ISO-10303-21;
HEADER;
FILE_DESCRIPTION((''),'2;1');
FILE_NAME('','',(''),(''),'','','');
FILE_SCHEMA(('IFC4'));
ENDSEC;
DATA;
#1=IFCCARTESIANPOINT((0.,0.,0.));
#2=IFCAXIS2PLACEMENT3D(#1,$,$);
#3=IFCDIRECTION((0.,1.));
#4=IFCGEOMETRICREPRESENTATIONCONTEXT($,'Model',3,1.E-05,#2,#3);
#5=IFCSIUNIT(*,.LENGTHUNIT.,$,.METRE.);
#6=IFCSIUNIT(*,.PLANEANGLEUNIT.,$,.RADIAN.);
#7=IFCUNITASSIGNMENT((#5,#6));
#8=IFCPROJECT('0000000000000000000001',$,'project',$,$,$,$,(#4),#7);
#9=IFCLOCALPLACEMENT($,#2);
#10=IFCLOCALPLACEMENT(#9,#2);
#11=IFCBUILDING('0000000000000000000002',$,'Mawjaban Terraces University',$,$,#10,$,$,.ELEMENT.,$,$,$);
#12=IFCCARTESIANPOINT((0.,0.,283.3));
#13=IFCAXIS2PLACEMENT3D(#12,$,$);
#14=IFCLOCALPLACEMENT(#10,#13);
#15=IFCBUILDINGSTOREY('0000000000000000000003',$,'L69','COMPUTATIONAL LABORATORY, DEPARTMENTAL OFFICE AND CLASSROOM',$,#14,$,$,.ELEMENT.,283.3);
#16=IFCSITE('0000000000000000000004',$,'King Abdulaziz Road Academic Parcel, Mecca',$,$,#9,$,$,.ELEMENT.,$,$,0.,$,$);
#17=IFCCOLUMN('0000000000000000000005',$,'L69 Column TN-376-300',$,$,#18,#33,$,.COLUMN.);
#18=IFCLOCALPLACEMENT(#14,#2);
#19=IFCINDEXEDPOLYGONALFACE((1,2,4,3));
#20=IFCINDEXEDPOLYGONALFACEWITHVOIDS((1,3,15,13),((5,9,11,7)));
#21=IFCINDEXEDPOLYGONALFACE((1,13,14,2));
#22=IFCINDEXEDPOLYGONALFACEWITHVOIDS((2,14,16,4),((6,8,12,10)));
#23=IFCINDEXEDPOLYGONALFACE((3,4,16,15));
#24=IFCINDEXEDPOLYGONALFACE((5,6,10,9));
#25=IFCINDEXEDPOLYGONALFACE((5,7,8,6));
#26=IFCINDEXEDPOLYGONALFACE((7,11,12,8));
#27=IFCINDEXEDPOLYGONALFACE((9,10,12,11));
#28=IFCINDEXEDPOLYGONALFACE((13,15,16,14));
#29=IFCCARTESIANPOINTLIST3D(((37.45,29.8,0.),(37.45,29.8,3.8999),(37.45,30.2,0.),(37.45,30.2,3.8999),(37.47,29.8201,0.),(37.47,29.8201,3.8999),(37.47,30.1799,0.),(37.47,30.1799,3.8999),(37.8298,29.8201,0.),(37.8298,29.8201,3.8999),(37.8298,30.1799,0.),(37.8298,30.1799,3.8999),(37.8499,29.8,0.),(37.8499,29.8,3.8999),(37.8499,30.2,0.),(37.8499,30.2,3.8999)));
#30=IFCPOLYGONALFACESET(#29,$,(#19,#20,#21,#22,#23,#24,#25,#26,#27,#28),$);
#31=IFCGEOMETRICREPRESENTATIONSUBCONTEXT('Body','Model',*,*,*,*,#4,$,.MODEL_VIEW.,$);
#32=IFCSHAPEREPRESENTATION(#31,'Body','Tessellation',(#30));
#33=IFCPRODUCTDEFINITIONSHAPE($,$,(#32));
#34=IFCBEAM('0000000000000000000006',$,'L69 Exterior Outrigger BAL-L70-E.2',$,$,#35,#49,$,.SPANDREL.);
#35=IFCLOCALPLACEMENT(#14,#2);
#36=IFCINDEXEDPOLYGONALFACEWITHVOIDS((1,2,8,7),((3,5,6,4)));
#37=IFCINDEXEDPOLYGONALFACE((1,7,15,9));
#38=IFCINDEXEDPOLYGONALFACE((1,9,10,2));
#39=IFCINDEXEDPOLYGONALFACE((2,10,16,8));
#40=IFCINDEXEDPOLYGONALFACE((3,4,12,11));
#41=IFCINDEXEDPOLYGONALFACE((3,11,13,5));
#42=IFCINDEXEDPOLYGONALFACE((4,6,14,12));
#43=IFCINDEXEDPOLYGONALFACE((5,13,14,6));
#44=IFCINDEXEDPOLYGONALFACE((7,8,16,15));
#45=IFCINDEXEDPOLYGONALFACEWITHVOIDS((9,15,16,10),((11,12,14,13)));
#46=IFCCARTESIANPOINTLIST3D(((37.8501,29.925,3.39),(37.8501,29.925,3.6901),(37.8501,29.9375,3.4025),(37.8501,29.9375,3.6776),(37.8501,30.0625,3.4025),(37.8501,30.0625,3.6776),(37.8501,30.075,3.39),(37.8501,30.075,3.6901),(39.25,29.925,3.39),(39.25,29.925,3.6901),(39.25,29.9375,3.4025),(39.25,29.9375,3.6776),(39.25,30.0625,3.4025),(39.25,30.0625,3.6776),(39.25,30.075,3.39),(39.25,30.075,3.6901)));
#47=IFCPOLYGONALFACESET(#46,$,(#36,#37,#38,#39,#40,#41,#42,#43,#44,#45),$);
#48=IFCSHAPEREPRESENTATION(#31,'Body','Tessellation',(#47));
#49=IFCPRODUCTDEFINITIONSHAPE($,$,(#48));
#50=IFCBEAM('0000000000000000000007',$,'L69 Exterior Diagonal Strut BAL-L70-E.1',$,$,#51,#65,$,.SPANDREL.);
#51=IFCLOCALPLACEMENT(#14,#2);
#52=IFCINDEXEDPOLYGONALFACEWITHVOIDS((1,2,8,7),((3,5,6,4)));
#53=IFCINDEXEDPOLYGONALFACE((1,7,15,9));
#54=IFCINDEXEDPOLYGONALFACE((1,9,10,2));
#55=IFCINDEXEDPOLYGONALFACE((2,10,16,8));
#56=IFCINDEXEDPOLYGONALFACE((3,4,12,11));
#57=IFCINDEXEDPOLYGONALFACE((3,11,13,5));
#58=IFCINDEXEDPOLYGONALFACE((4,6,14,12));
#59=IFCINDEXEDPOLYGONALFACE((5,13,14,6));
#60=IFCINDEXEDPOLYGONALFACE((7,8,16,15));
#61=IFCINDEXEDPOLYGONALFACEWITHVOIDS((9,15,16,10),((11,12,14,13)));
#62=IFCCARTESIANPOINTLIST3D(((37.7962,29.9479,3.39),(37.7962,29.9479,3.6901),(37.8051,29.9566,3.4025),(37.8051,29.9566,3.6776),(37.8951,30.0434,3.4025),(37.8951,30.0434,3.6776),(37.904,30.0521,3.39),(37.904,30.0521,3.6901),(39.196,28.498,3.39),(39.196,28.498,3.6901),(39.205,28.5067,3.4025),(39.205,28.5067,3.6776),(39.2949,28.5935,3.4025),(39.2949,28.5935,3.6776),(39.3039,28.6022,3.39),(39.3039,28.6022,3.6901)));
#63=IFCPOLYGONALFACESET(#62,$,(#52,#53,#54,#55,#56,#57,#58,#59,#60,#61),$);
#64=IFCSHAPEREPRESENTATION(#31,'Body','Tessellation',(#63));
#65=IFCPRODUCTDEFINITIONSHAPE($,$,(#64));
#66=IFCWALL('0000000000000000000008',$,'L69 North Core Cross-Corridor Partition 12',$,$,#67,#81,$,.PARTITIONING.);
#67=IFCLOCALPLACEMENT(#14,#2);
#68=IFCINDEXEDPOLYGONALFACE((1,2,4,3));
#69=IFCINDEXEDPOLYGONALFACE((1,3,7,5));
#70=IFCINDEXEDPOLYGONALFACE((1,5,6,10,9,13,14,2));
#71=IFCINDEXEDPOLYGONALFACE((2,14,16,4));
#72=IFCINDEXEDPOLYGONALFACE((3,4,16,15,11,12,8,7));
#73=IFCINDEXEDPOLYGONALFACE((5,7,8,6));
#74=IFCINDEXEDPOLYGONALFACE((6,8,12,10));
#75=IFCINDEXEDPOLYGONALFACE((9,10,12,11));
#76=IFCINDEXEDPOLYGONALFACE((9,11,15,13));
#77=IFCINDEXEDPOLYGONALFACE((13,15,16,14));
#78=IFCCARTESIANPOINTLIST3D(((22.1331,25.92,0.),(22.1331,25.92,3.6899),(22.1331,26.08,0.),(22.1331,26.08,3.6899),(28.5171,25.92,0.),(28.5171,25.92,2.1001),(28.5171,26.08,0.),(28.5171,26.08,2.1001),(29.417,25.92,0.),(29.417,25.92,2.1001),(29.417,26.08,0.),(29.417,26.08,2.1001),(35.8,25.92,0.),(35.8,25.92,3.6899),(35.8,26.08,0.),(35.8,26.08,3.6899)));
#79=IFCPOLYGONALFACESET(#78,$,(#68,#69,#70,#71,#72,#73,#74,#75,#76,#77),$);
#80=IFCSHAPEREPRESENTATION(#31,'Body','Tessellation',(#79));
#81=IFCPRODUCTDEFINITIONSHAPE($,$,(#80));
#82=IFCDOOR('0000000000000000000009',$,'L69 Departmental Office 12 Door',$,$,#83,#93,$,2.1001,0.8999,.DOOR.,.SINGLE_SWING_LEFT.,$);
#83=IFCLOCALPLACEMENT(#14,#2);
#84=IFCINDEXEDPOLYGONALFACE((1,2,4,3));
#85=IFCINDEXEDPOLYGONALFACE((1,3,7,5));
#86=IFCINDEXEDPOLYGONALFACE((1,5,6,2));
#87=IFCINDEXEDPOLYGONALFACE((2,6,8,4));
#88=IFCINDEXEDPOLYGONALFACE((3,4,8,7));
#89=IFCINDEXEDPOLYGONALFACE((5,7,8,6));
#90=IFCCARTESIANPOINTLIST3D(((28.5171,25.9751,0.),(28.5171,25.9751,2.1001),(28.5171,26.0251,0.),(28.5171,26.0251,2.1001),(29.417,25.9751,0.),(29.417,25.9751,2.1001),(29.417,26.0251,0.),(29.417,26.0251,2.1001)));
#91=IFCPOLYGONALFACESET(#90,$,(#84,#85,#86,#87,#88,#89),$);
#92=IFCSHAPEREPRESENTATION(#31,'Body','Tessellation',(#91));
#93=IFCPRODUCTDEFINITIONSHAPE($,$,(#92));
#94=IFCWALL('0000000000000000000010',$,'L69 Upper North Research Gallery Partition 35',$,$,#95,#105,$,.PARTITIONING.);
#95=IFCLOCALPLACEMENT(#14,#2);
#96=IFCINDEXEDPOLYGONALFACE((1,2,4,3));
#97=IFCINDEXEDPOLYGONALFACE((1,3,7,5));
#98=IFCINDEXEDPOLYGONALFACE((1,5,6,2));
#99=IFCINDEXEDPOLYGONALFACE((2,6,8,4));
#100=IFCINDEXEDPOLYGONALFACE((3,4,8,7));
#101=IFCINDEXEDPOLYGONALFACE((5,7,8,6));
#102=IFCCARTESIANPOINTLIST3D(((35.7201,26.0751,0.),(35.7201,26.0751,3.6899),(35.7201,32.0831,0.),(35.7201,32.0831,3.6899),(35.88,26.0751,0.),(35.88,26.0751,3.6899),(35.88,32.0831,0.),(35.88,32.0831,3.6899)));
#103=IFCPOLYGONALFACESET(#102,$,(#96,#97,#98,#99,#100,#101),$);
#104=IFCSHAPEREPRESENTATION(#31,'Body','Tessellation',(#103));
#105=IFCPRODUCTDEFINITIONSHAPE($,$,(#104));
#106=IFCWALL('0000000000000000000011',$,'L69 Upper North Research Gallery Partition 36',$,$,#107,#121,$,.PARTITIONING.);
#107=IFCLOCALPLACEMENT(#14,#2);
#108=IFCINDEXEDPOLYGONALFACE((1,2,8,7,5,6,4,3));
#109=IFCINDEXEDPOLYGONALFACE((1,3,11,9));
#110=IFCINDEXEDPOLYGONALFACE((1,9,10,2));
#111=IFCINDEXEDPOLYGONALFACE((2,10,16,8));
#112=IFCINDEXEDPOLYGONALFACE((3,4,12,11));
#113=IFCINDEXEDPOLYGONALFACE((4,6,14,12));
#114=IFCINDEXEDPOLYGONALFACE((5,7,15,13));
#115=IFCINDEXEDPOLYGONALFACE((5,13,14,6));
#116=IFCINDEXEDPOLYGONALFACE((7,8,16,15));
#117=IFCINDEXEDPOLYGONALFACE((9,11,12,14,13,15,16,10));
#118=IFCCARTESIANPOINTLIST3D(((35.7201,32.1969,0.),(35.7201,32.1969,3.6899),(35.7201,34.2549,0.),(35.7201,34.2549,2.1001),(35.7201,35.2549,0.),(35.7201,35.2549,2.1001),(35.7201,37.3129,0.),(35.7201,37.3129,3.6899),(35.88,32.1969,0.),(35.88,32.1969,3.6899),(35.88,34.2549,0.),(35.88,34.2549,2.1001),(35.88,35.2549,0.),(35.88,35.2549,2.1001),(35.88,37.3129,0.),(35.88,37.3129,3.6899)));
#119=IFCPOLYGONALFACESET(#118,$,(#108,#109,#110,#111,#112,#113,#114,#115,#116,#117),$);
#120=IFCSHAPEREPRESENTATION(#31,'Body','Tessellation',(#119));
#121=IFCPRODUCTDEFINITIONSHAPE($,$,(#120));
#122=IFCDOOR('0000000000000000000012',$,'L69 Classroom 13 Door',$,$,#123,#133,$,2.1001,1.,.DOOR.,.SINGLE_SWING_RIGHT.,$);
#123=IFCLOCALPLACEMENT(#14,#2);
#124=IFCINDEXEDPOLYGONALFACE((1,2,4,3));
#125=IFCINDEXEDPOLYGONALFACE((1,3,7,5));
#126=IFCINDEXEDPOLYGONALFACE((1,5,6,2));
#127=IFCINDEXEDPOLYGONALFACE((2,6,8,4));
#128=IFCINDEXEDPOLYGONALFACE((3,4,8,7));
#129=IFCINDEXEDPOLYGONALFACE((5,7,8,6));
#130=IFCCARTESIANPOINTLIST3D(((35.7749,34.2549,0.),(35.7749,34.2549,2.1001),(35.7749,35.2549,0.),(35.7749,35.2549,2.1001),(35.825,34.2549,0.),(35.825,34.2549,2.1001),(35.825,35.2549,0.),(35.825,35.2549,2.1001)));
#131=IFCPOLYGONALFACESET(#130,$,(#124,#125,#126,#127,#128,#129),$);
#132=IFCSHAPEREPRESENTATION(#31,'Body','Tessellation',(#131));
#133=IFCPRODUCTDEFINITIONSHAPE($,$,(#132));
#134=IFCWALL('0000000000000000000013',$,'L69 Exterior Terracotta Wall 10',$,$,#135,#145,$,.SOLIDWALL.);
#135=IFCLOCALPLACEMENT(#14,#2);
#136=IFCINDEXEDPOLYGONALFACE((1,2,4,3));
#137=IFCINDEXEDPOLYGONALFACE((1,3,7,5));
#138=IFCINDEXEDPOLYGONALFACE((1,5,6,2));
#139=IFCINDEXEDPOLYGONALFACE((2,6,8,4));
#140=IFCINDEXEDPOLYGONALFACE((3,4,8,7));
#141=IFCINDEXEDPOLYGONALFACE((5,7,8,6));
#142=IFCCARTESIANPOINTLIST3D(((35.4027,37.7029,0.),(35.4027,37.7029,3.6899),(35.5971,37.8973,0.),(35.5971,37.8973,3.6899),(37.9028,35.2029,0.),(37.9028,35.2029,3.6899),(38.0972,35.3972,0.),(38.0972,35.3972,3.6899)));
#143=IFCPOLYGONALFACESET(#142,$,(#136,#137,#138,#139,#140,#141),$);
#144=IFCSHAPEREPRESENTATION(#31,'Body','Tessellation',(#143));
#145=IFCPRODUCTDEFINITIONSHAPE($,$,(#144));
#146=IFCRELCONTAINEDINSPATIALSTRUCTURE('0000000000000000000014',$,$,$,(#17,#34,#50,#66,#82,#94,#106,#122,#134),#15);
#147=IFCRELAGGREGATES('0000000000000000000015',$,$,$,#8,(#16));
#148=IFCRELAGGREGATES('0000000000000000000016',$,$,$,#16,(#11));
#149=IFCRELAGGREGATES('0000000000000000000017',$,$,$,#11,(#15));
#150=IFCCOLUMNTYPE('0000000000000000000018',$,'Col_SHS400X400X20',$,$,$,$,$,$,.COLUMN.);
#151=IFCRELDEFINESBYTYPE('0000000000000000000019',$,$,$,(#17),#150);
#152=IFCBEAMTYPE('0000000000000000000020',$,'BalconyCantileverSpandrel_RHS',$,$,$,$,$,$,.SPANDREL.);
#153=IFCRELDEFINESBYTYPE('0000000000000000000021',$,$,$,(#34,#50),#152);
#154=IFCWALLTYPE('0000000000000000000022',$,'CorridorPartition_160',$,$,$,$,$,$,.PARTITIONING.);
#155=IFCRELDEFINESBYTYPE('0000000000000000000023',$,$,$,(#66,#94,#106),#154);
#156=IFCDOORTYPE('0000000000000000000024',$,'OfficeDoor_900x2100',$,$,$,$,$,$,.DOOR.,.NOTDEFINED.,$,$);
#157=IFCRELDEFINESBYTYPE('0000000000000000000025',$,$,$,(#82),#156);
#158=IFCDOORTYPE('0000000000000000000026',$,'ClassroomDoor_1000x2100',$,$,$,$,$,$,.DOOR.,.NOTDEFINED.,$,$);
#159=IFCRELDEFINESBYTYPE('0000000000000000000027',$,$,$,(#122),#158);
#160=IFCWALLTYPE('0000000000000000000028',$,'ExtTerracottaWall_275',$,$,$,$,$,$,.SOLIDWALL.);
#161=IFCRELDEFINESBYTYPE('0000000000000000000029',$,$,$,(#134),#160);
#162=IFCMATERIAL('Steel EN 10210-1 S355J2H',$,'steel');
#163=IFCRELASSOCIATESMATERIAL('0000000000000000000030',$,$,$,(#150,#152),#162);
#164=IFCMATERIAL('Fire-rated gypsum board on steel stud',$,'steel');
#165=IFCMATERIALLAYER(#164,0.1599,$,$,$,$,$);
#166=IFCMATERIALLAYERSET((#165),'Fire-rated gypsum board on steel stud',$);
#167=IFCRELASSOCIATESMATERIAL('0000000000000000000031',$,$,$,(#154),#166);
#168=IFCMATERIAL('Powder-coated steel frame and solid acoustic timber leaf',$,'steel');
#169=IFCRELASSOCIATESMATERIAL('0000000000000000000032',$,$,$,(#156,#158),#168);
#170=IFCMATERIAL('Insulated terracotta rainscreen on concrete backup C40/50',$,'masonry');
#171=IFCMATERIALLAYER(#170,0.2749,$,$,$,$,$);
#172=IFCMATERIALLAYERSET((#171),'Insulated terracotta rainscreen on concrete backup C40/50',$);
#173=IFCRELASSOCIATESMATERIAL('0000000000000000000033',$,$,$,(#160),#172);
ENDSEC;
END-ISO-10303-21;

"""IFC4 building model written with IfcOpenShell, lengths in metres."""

from ifc_helpers import new_model, si_unit, direction, frame, frame_2d, origin, origin_2d, place, context, subcontext, project, spatial, rectangle, hollow_rectangle, extrude, material, layer, layer_set, material_profile, profile_set, type_object, element, fill, save


model = new_model("IFC4")

# Units and contexts
model_context = context("Model", 3, precision=1e-05, world=origin(), true_north=direction((0.0, 1.0)))
body_context = subcontext(model_context, "Body", "Model", "MODEL_VIEW")
ifc_project = project(units=[si_unit("LENGTHUNIT", "METRE"), si_unit("PLANEANGLEUNIT", "RADIAN")], contexts=[model_context])

# Site, building, storey
site_placement = place(None, origin())
site = spatial("IfcSite", under=ifc_project, at=site_placement, Name="King Abdulaziz Road Academic Parcel, Mecca", CompositionType="ELEMENT", RefElevation=0.0)
building_placement = place(site_placement, origin())
building = spatial("IfcBuilding", under=site, at=building_placement, Name="Mawjaban Terraces University", CompositionType="ELEMENT")
storey_placement = place(building_placement, frame((0.0, 0.0, 283.3)))
storey = spatial("IfcBuildingStorey", under=building, at=storey_placement, Name="L69", Description="COMPUTATIONAL LABORATORY, DEPARTMENTAL OFFICE AND CLASSROOM", CompositionType="ELEMENT", Elevation=283.3)

# Column
ifc_material_1 = material(Name="Steel EN 10210-1 S355J2H", Category="steel")
ifc_material_profile_1 = material_profile(ifc_material_1, hollow_rectangle(XDim=0.3999, YDim=0.3999, WallThickness=0.02, at=origin_2d()), Name="SHS400X400X20")
ifc_profile_set_1 = profile_set([ifc_material_profile_1], Name="Steel EN 10210-1 S355J2H")
column_type = type_object("IfcColumnType", Name="Col_SHS400X400X20", PredefinedType="COLUMN", material=ifc_profile_set_1)
column_placement = place(storey_placement, frame((37.6499, 30.0, 0.0), z_axis=(0.0, 0.0, 1.0), x_axis=(1.0, 0.0, 0.0)))
element("IfcColumn", 1, at=column_placement, inside=storey, type_object=column_type, Name="L69 Column TN-376-300", PredefinedType="COLUMN", context=body_context, shape_type="SweptSolid", body=[
    extrude(hollow_rectangle(XDim=0.3999, YDim=0.3999, WallThickness=0.02, at=origin_2d()), origin(), (0.0, 0.0, 1.0), 3.8999),
])

# Beams
ifc_material_profile_2 = material_profile(ifc_material_1, hollow_rectangle(XDim=0.1499, YDim=0.3, WallThickness=0.0125, at=origin_2d()), Name="RHS300X150X12.5")
ifc_profile_set_2 = profile_set([ifc_material_profile_2], Name="Steel EN 10210-1 S355J2H")
beam_type = type_object("IfcBeamType", Name="BalconyCantileverSpandrel_RHS", PredefinedType="SPANDREL", material=ifc_profile_set_2)
beam_1_placement = place(storey_placement, frame((37.8501, 30.0, 3.54), z_axis=(1.0, 0.0, 0.0), x_axis=(0.0, 1.0, 0.0)))
element("IfcBeam", 2, at=beam_1_placement, inside=storey, type_object=beam_type, Name="L69 Exterior Outrigger BAL-L70-E.2", PredefinedType="SPANDREL", context=body_context, shape_type="SweptSolid", body=[
    extrude(hollow_rectangle(XDim=0.1499, YDim=0.3, WallThickness=0.0125, at=origin_2d()), origin(), (0.0, 0.0, 1.0), 1.3999),
])
beam_2_placement = place(storey_placement, frame((37.8501, 30.0, 3.54), z_axis=(0.694582, -0.719414, 0.0), x_axis=(0.719414, 0.694582, 0.0)))
element("IfcBeam", 3, at=beam_2_placement, inside=storey, type_object=beam_type, Name="L69 Exterior Diagonal Strut BAL-L70-E.1", PredefinedType="SPANDREL", context=body_context, shape_type="SweptSolid", body=[
    extrude(hollow_rectangle(XDim=0.1499, YDim=0.3, WallThickness=0.0125, at=origin_2d()), origin(), (0.0, 0.0, 1.0), 2.0154),
])

# Wall, opening, door
ifc_material_2 = material(Name="Fire-rated gypsum board on steel stud", Category="steel")
ifc_layer_1 = layer(ifc_material_2, 0.1599)
ifc_layer_set_1 = layer_set([ifc_layer_1], Name="Fire-rated gypsum board on steel stud")
wall_type_1 = type_object("IfcWallType", Name="CorridorPartition_160", PredefinedType="PARTITIONING", material=ifc_layer_set_1)
wall_1_placement = place(storey_placement, frame((35.8, 26.0, 0.0), z_axis=(0.0, 0.0, 1.0), x_axis=(-1.0, 0.0, 0.0)))
wall_1 = element("IfcWall", 4, at=wall_1_placement, inside=storey, type_object=wall_type_1, Name="L69 North Core Cross-Corridor Partition 12", PredefinedType="PARTITIONING", context=body_context, shape_type="SweptSolid", body=[
    extrude(rectangle(XDim=13.667, YDim=0.1599, at=frame_2d((6.8335, 0.0))), origin(), (0.0, 0.0, 1.0), 3.6899),
])
opening_1_placement = place(wall_1_placement, frame((6.3831, 0.0, 0.0)))
opening_1 = element("IfcOpeningElement", 5, at=opening_1_placement, cuts=wall_1, PredefinedType="OPENING", context=body_context, shape_type="SweptSolid", body=[
    extrude(rectangle(XDim=0.8999, YDim=2.1001, at=frame_2d((0.45, 1.05))), frame((0.0, 0.0898, 0.0), z_axis=(0.0, -1.0, 0.0), x_axis=(1.0, 0.0, 0.0)), (0.0, 0.0, 1.0), 0.1799),
])
ifc_material_3 = material(Name="Powder-coated steel frame and solid acoustic timber leaf", Category="steel")
door_type_1 = type_object("IfcDoorType", Name="OfficeDoor_900x2100", OperationType="NOTDEFINED", PredefinedType="DOOR", material=ifc_material_3)
door_1_placement = place(opening_1_placement, origin())
door_1 = element("IfcDoor", 6, at=door_1_placement, inside=storey, type_object=door_type_1, Name="L69 Departmental Office 12 Door", OperationType="SINGLE_SWING_LEFT", OverallHeight=2.1001, OverallWidth=0.8999, PredefinedType="DOOR", context=body_context, shape_type="SweptSolid", body=[
    extrude(rectangle(XDim=0.8999, YDim=2.1001, at=frame_2d((0.45, 1.05))), frame((0.0, 0.0249, 0.0), z_axis=(0.0, -1.0, 0.0), x_axis=(1.0, 0.0, 0.0)), (0.0, 0.0, 1.0), 0.05),
])
fill(opening_1, door_1)

# Wall
wall_2_placement = place(storey_placement, frame((35.8, 32.083, 0.0), z_axis=(0.0, 0.0, 1.0), x_axis=(0.0, -1.0, 0.0)))
element("IfcWall", 7, at=wall_2_placement, inside=storey, type_object=wall_type_1, Name="L69 Upper North Research Gallery Partition 35", PredefinedType="PARTITIONING", context=body_context, shape_type="SweptSolid", body=[
    extrude(rectangle(XDim=6.0081, YDim=0.1599, at=frame_2d((3.0039, 0.0))), origin(), (0.0, 0.0, 1.0), 3.6899),
])

# Wall, opening, door
wall_3_placement = place(storey_placement, frame((35.8, 37.313, 0.0), z_axis=(0.0, 0.0, 1.0), x_axis=(0.0, -1.0, 0.0)))
wall_3 = element("IfcWall", 8, at=wall_3_placement, inside=storey, type_object=wall_type_1, Name="L69 Upper North Research Gallery Partition 36", PredefinedType="PARTITIONING", context=body_context, shape_type="SweptSolid", body=[
    extrude(rectangle(XDim=5.116, YDim=0.1599, at=frame_2d((2.5581, 0.0))), origin(), (0.0, 0.0, 1.0), 3.6899),
])
opening_2_placement = place(wall_3_placement, frame((2.0581, 0.0, 0.0)))
opening_2 = element("IfcOpeningElement", 9, at=opening_2_placement, cuts=wall_3, PredefinedType="OPENING", context=body_context, shape_type="SweptSolid", body=[
    extrude(rectangle(XDim=1.0, YDim=2.1001, at=frame_2d((0.5, 1.05))), frame((0.0, 0.0898, 0.0), z_axis=(0.0, -1.0, 0.0), x_axis=(1.0, 0.0, 0.0)), (0.0, 0.0, 1.0), 0.1799),
])
door_type_2 = type_object("IfcDoorType", Name="ClassroomDoor_1000x2100", OperationType="NOTDEFINED", PredefinedType="DOOR", material=ifc_material_3)
door_2_placement = place(opening_2_placement, origin())
door_2 = element("IfcDoor", 10, at=door_2_placement, inside=storey, type_object=door_type_2, Name="L69 Classroom 13 Door", OperationType="SINGLE_SWING_RIGHT", OverallHeight=2.1001, OverallWidth=1.0, PredefinedType="DOOR", context=body_context, shape_type="SweptSolid", body=[
    extrude(rectangle(XDim=1.0, YDim=2.1001, at=frame_2d((0.5, 1.05))), frame((0.0, 0.0249, 0.0), z_axis=(0.0, -1.0, 0.0), x_axis=(1.0, 0.0, 0.0)), (0.0, 0.0, 1.0), 0.05),
])
fill(opening_2, door_2)

# Wall
ifc_material_4 = material(Name="Insulated terracotta rainscreen on concrete backup C40/50", Category="masonry")
ifc_layer_2 = layer(ifc_material_4, 0.2749)
ifc_layer_set_2 = layer_set([ifc_layer_2], Name="Insulated terracotta rainscreen on concrete backup C40/50")
wall_type_2 = type_object("IfcWallType", Name="ExtTerracottaWall_275", PredefinedType="SOLIDWALL", material=ifc_layer_set_2)
wall_4_placement = place(storey_placement, frame((38.0, 35.3, 0.0), z_axis=(0.0, 0.0, 1.0), x_axis=(-0.707107, 0.707107, 0.0)))
element("IfcWall", 11, at=wall_4_placement, inside=storey, type_object=wall_type_2, Name="L69 Exterior Terracotta Wall 10", PredefinedType="SOLIDWALL", context=body_context, shape_type="SweptSolid", body=[
    extrude(rectangle(XDim=3.5356, YDim=0.2749, at=frame_2d((1.7678, 0.0))), origin(), (0.0, 0.0, 1.0), 3.6899),
])

save(model, "model.ifc")
